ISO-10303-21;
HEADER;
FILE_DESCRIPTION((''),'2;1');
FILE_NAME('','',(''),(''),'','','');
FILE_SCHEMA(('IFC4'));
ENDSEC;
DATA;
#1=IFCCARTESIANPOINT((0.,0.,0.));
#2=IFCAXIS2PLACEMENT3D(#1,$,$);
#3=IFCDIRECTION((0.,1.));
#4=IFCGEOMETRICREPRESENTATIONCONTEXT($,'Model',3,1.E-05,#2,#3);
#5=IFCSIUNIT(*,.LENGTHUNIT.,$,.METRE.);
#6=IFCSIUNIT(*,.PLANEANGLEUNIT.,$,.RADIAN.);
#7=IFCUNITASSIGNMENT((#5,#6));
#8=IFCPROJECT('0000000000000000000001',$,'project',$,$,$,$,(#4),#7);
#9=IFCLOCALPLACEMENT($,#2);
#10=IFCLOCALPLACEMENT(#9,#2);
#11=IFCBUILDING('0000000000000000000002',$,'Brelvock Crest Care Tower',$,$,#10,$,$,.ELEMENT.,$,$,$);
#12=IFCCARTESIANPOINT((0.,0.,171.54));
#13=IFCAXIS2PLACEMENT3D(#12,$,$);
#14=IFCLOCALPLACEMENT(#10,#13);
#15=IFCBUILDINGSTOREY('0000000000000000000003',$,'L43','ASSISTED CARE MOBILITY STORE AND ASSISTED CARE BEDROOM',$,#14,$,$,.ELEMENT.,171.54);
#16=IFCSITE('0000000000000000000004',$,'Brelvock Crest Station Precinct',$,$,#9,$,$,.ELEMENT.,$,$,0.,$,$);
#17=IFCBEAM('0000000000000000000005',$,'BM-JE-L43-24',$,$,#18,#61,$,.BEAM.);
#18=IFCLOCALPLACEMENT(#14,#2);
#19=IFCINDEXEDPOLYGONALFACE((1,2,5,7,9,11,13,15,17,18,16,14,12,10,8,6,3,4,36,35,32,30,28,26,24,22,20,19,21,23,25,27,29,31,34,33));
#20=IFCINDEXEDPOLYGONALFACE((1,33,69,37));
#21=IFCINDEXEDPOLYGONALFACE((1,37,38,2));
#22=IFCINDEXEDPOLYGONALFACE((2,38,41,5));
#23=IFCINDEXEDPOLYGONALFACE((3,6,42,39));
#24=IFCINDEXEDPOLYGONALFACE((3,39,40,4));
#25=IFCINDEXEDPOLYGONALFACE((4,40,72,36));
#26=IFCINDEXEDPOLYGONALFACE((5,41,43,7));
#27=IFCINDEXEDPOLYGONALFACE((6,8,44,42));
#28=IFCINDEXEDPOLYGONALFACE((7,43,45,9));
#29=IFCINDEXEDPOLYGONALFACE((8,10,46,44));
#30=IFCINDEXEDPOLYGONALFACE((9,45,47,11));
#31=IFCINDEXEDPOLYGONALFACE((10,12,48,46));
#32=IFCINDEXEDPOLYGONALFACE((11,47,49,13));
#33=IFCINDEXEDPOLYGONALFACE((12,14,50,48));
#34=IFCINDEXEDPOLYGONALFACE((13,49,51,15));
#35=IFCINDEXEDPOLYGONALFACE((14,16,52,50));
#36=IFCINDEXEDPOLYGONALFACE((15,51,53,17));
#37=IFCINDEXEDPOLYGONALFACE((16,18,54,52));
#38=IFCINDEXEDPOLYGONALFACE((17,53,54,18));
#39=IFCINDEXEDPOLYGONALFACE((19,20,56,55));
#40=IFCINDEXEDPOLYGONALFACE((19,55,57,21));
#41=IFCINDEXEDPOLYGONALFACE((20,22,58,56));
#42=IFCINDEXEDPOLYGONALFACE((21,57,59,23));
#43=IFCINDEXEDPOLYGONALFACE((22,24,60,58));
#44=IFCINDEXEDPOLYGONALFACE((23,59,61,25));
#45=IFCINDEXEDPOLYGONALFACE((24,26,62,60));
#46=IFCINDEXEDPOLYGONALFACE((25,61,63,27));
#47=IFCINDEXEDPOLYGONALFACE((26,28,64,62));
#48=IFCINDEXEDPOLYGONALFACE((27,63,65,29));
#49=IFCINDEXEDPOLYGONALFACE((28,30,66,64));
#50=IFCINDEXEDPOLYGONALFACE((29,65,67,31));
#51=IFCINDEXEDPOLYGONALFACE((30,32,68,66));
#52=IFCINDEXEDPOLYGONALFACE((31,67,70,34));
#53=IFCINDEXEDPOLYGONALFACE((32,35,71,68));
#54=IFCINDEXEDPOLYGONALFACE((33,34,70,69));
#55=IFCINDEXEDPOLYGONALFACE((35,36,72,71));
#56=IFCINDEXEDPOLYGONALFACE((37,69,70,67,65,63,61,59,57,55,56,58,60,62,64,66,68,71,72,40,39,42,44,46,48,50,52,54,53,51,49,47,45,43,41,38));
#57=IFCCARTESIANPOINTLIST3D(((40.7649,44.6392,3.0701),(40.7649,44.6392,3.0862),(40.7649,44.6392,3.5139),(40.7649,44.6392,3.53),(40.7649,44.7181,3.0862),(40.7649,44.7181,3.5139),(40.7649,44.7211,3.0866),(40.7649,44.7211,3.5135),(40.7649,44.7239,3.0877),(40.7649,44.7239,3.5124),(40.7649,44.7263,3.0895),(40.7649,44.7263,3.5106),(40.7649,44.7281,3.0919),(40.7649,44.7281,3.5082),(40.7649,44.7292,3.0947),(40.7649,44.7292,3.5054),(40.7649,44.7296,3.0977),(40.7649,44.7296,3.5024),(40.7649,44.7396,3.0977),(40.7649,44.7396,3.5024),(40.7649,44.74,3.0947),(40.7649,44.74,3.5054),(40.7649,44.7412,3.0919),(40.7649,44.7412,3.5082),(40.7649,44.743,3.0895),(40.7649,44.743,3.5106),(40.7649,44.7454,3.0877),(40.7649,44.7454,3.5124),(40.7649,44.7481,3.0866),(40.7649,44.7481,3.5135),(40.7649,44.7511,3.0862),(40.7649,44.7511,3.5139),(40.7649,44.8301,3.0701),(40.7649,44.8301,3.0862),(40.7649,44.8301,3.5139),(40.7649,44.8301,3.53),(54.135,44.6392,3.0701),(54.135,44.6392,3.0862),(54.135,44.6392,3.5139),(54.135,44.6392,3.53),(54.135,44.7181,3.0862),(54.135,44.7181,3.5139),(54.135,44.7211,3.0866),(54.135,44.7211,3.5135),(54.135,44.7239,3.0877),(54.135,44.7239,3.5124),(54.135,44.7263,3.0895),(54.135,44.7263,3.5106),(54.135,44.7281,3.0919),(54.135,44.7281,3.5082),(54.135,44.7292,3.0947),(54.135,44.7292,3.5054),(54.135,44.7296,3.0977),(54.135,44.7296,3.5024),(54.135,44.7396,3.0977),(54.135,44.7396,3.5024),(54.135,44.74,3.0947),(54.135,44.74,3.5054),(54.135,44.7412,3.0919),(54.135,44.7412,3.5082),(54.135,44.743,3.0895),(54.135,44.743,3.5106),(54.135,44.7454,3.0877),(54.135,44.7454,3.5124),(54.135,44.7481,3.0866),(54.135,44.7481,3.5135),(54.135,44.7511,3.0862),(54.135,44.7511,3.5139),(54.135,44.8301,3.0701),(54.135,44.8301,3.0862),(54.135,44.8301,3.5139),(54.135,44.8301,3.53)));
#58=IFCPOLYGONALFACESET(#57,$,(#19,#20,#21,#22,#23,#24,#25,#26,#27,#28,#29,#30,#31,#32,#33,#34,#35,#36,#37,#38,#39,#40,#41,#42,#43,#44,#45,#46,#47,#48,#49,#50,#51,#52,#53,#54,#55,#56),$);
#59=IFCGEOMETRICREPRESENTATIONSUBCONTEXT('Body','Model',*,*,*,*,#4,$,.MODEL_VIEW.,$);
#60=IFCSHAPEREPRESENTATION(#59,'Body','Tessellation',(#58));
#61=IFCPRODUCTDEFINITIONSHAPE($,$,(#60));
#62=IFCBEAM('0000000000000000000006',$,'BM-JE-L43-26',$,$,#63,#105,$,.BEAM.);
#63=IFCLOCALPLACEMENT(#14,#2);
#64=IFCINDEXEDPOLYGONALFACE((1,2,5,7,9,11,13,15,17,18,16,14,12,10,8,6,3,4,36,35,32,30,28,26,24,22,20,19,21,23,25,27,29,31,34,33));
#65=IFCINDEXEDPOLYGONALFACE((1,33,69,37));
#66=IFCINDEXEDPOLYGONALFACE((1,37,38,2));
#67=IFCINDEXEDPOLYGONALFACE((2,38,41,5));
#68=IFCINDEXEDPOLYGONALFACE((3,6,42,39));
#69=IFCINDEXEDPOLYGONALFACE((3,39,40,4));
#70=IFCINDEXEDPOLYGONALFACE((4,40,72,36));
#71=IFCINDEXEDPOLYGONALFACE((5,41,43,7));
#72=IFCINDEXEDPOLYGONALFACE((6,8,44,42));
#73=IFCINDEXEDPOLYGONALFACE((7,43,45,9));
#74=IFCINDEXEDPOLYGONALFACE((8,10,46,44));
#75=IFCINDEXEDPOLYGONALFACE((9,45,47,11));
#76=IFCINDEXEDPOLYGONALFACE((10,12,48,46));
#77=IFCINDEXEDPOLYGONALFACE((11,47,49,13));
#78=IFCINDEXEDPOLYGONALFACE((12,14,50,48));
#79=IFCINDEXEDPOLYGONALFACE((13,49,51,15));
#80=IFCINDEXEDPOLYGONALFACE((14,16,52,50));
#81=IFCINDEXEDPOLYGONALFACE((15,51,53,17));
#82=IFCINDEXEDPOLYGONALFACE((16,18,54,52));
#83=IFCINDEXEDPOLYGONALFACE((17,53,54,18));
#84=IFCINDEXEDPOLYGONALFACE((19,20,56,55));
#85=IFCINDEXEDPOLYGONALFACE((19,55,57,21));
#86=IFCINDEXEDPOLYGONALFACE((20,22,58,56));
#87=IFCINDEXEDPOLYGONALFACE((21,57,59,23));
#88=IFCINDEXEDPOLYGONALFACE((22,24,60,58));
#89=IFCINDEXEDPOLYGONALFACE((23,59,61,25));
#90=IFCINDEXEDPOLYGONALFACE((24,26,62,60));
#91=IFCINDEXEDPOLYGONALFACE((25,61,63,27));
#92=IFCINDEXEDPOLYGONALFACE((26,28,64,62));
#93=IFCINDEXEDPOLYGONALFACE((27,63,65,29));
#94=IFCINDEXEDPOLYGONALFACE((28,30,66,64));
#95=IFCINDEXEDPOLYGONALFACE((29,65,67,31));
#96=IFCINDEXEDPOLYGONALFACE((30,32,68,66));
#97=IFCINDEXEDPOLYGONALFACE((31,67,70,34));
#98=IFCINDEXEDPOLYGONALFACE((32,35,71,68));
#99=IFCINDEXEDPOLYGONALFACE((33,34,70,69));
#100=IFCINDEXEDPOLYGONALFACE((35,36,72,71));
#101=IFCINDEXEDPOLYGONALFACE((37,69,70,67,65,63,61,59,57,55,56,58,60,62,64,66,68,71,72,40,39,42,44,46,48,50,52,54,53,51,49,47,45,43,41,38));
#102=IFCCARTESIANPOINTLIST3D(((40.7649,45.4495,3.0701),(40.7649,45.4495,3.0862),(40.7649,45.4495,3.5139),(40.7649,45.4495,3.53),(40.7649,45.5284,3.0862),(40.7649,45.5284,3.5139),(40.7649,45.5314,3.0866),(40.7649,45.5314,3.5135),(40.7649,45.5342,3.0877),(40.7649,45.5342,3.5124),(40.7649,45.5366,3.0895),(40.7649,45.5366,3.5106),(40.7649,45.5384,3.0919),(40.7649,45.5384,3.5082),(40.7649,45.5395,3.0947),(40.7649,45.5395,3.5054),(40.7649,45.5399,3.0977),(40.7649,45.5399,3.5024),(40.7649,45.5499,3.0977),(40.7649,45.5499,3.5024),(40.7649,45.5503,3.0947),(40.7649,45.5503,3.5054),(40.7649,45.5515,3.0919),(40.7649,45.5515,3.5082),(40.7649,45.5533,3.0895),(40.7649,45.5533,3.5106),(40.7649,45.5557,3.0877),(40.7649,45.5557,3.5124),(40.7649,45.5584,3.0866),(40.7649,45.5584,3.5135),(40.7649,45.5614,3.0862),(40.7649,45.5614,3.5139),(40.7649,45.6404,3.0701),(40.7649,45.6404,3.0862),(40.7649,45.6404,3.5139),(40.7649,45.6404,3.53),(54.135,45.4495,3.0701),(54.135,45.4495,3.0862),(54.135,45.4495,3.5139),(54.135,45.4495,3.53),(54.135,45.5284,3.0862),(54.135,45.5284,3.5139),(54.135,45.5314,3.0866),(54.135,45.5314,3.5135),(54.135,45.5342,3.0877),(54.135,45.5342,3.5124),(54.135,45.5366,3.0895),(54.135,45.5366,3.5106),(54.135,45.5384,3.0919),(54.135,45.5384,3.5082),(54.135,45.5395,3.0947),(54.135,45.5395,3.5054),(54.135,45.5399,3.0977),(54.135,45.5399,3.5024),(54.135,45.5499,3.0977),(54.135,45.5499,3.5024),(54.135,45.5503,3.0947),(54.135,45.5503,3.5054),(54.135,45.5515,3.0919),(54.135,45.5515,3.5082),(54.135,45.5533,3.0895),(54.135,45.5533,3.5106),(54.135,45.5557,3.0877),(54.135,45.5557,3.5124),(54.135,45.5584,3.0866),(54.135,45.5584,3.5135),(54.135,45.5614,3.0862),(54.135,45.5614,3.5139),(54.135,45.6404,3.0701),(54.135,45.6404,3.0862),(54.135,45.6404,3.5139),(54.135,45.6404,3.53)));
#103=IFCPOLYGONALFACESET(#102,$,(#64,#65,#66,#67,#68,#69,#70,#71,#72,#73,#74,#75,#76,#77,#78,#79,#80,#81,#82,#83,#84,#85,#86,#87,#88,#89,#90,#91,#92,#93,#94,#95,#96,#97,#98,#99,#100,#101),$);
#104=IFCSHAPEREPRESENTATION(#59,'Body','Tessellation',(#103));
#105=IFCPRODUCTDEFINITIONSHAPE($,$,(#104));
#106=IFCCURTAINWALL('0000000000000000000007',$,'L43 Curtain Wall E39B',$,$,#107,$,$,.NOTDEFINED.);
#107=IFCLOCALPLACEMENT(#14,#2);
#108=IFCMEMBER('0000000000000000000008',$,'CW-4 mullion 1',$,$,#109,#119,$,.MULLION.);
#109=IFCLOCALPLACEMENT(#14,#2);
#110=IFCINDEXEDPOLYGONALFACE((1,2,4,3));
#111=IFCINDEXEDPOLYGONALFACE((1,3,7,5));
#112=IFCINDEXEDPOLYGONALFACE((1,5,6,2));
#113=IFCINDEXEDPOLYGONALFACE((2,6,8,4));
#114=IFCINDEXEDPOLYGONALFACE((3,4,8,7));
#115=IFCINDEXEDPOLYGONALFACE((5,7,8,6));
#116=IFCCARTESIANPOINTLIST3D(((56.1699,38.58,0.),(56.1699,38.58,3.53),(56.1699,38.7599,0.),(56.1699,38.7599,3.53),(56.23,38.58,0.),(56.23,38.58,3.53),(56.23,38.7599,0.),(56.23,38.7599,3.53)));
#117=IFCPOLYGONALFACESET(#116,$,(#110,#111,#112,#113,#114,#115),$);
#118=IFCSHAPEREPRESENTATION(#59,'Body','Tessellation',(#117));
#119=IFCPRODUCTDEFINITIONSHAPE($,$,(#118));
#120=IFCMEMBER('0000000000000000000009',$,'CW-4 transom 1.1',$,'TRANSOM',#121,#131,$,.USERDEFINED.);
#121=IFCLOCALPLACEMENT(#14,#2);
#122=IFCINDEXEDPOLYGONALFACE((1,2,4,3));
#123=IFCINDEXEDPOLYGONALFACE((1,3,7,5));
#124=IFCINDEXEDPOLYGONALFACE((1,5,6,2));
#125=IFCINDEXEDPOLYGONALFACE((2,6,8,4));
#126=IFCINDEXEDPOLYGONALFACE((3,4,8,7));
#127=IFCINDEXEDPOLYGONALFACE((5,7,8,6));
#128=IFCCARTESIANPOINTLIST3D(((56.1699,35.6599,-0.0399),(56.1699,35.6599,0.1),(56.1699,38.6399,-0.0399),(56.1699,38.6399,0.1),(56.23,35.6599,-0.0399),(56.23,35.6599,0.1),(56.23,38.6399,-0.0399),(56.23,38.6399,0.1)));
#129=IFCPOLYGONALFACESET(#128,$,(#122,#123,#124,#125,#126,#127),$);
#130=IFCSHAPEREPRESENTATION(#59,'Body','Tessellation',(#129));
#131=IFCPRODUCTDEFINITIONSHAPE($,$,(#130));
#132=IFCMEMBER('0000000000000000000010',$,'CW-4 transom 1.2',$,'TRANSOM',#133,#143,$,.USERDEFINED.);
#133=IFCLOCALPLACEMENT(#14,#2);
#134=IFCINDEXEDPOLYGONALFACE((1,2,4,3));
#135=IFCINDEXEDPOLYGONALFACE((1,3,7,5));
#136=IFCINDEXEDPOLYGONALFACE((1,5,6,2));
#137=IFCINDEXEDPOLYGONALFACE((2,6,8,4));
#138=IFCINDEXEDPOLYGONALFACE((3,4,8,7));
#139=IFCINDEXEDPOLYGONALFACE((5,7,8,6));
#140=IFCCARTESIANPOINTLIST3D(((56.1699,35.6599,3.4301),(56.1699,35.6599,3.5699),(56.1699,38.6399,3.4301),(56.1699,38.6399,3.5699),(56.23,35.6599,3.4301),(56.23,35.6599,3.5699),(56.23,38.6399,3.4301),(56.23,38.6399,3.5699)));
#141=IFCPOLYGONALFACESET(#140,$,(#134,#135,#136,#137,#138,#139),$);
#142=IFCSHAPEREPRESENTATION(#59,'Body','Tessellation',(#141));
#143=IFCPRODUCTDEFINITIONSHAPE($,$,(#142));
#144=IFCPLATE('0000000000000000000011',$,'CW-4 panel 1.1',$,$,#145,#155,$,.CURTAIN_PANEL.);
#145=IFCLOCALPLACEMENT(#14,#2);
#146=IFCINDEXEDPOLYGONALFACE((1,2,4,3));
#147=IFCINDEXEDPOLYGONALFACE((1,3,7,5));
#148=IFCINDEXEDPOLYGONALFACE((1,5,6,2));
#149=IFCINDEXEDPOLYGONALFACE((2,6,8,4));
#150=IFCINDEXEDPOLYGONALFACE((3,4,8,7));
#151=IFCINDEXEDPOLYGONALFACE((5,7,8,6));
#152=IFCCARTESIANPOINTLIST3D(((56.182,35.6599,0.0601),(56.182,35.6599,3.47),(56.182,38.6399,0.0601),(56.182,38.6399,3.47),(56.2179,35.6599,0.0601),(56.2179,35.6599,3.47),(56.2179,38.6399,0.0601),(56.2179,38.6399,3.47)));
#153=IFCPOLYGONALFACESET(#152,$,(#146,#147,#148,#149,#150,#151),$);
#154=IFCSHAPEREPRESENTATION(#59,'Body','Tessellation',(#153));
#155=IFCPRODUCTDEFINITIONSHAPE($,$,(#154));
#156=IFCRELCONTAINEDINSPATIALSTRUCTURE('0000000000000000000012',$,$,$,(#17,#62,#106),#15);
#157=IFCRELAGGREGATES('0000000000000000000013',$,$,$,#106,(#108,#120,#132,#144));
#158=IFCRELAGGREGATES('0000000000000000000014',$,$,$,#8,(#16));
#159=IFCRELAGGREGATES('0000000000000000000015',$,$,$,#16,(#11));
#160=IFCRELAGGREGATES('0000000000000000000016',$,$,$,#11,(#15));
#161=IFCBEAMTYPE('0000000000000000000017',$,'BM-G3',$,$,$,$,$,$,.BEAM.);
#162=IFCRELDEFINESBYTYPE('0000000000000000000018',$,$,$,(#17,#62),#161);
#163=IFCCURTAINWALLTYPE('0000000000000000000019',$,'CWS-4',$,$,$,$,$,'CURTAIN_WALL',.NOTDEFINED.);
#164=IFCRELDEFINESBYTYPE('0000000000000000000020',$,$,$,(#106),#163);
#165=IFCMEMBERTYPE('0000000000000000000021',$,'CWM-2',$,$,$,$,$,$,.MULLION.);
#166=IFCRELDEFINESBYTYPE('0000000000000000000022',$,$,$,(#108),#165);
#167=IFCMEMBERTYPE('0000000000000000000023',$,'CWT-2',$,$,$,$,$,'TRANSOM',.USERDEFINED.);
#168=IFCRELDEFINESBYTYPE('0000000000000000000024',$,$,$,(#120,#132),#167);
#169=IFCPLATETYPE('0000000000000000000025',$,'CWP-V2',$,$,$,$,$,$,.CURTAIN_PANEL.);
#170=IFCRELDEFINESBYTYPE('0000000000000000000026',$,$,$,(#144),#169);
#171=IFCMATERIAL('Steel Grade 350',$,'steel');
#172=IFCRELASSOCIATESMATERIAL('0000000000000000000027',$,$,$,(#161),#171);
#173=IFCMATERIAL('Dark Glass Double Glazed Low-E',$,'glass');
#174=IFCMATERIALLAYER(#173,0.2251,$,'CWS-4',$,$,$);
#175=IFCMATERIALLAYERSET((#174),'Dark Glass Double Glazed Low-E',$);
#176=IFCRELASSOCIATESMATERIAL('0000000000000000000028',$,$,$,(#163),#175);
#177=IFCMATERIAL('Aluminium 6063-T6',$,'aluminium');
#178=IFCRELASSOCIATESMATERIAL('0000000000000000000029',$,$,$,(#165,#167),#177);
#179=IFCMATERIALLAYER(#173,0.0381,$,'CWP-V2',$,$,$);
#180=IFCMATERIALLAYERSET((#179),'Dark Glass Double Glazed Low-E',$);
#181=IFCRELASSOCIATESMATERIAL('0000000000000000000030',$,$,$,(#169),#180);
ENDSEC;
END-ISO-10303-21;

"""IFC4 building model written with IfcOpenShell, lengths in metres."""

from ifc_helpers import new_model, si_unit, direction, frame, origin, origin_2d, place, context, subcontext, project, spatial, rectangle, i_section, extrude, source, transform, mapped, material, layer, layer_set, material_profile, profile_set, type_object, element, aggregate, save


model = new_model("IFC4")

# Units and contexts
model_context = context("Model", 3, precision=1e-05, world=origin(), true_north=direction((0.0, 1.0)))
body_context = subcontext(model_context, "Body", "Model", "MODEL_VIEW")
ifc_project = project(units=[si_unit("LENGTHUNIT", "METRE"), si_unit("PLANEANGLEUNIT", "RADIAN")], contexts=[model_context])

# Site, building, storey
site_placement = place(None, origin())
site = spatial("IfcSite", under=ifc_project, at=site_placement, Name="Brelvock Crest Station Precinct", CompositionType="ELEMENT", RefElevation=0.0)
building_placement = place(site_placement, origin())
building = spatial("IfcBuilding", under=site, at=building_placement, Name="Brelvock Crest Care Tower", CompositionType="ELEMENT")
storey_placement = place(building_placement, frame((0.0, 0.0, 171.54)))
storey = spatial("IfcBuildingStorey", under=building, at=storey_placement, Name="L43", Description="ASSISTED CARE MOBILITY STORE AND ASSISTED CARE BEDROOM", CompositionType="ELEMENT", Elevation=171.54)

# Shared definitions
ifc_material_1 = material(Name="Steel Grade 350", Category="steel")

# Beams
ifc_material_profile_1 = material_profile(ifc_material_1, i_section(OverallWidth=0.1909, OverallDepth=0.46, WebThickness=0.01, FlangeThickness=0.0161, FilletRadius=0.0115, at=origin_2d()), Name="460UB82.1")
ifc_profile_set_1 = profile_set([ifc_material_profile_1], Name="Steel Grade 350")
beam_type_1 = type_object("IfcBeamType", Name="BM-G3", PredefinedType="BEAM", material=ifc_profile_set_1)
shared_shape_1 = source(origin(), body_context, "Body", "SweptSolid", [
    extrude(i_section(OverallWidth=0.1909, OverallDepth=0.46, WebThickness=0.01, FlangeThickness=0.0161, FilletRadius=0.0115, at=origin_2d()), origin(), (0.0, 0.0, 1.0), 13.3701),
])
for number, where, z_axis, x_axis, name in (
    (1, (40.7649, 44.7346, 3.3), (1.0, 0.0, 0.0), (0.0, 1.0, 0.0), "BM-JE-L43-24"),
    (2, (40.7649, 45.5449, 3.3), (1.0, 0.0, 0.0), (0.0, 1.0, 0.0), "BM-JE-L43-26"),
):
    element("IfcBeam", number, at=place(storey_placement, frame(where, z_axis=z_axis, x_axis=x_axis)), inside=storey, type_object=beam_type_1, Name=name, PredefinedType="BEAM", context=body_context, shape_type="MappedRepresentation", body=[
        mapped(shared_shape_1, transform((0.0, 0.0, 0.0), x_axis=(1.0, 0.0, 0.0), y_axis=(0.0, 1.0, 0.0), z_axis=(0.0, 0.0, 1.0), scale=1.0)),
    ])

# Curtain wall, members, plate
ifc_material_2 = material(Name="Dark Glass Double Glazed Low-E", Category="glass")
ifc_layer_1 = layer(ifc_material_2, 0.2251, Name="CWS-4")
ifc_layer_set_1 = layer_set([ifc_layer_1], Name="Dark Glass Double Glazed Low-E")
curtain_wall_type = type_object("IfcCurtainWallType", Name="CWS-4", ElementType="CURTAIN_WALL", PredefinedType="NOTDEFINED", material=ifc_layer_set_1)
curtain_wall_placement = place(storey_placement, origin())
curtain_wall = element("IfcCurtainWall", 3, at=curtain_wall_placement, inside=storey, type_object=curtain_wall_type, Name="L43 Curtain Wall E39B", PredefinedType="NOTDEFINED")
ifc_material_3 = material(Name="Aluminium 6063-T6", Category="aluminium")
ifc_material_profile_2 = material_profile(ifc_material_3, rectangle(XDim=0.0601, YDim=0.1799, at=origin_2d()), Name="ALU60x180")
ifc_profile_set_2 = profile_set([ifc_material_profile_2], Name="Aluminium 6063-T6")
member_type_1 = type_object("IfcMemberType", Name="CWM-2", PredefinedType="MULLION", material=ifc_profile_set_2)
shared_shape_2 = source(origin(), body_context, "Body", "SweptSolid", [
    extrude(rectangle(XDim=0.0601, YDim=0.1799, at=origin_2d()), origin(), (0.0, 0.0, 1.0), 3.53),
])
member_1_placement = place(storey_placement, frame((56.2, 38.6699, 0.0), z_axis=(0.0, 0.0, 1.0), x_axis=(1.0, 0.0, 0.0)))
member_1 = element("IfcMember", 4, at=member_1_placement, type_object=member_type_1, Name="CW-4 mullion 1", PredefinedType="MULLION", context=body_context, shape_type="MappedRepresentation", body=[
    mapped(shared_shape_2, transform((0.0, 0.0, 0.0), x_axis=(1.0, 0.0, 0.0), y_axis=(0.0, 1.0, 0.0), z_axis=(0.0, 0.0, 1.0), scale=1.0)),
])
ifc_material_profile_3 = material_profile(ifc_material_3, rectangle(XDim=0.0601, YDim=0.1399, at=origin_2d()), Name="ALU60x140")
ifc_profile_set_3 = profile_set([ifc_material_profile_3], Name="Aluminium 6063-T6")
member_type_2 = type_object("IfcMemberType", Name="CWT-2", ElementType="TRANSOM", PredefinedType="USERDEFINED", material=ifc_profile_set_3)
shared_shape_3 = source(origin(), body_context, "Body", "SweptSolid", [
    extrude(rectangle(XDim=0.0601, YDim=0.1399, at=origin_2d()), origin(), (0.0, 0.0, 1.0), 2.98),
])
member_2_placement = place(storey_placement, frame((56.2, 38.6399, 0.03), z_axis=(0.0, -1.0, 0.0), x_axis=(1.0, 0.0, 0.0)))
member_2 = element("IfcMember", 5, at=member_2_placement, type_object=member_type_2, Name="CW-4 transom 1.1", ObjectType="TRANSOM", PredefinedType="USERDEFINED", context=body_context, shape_type="MappedRepresentation", body=[
    mapped(shared_shape_3, transform((0.0, 0.0, 0.0), x_axis=(1.0, 0.0, 0.0), y_axis=(0.0, 1.0, 0.0), z_axis=(0.0, 0.0, 1.0), scale=1.0)),
])
member_3_placement = place(storey_placement, frame((56.2, 38.6399, 3.5), z_axis=(0.0, -1.0, 0.0), x_axis=(1.0, 0.0, 0.0)))
member_3 = element("IfcMember", 6, at=member_3_placement, type_object=member_type_2, Name="CW-4 transom 1.2", ObjectType="TRANSOM", PredefinedType="USERDEFINED", context=body_context, shape_type="MappedRepresentation", body=[
    mapped(shared_shape_3, transform((0.0, 0.0, 0.0), x_axis=(1.0, 0.0, 0.0), y_axis=(0.0, 1.0, 0.0), z_axis=(0.0, 0.0, 1.0), scale=1.0)),
])
ifc_layer_2 = layer(ifc_material_2, 0.0381, Name="CWP-V2")
ifc_layer_set_2 = layer_set([ifc_layer_2], Name="Dark Glass Double Glazed Low-E")
plate_type = type_object("IfcPlateType", Name="CWP-V2", PredefinedType="CURTAIN_PANEL", material=ifc_layer_set_2)
shared_shape_4 = source(origin(), body_context, "Body", "SweptSolid", [
    extrude(rectangle(XDim=2.98, YDim=0.0359, at=origin_2d()), origin(), (0.0, 0.0, 1.0), 3.4099),
])
plate_placement = place(storey_placement, frame((56.2, 37.1499, 0.0601), z_axis=(0.0, 0.0, 1.0), x_axis=(0.0, -1.0, 0.0)))
plate = element("IfcPlate", 7, at=plate_placement, type_object=plate_type, Name="CW-4 panel 1.1", PredefinedType="CURTAIN_PANEL", context=body_context, shape_type="MappedRepresentation", body=[
    mapped(shared_shape_4, transform((0.0, 0.0, 0.0), x_axis=(1.0, 0.0, 0.0), y_axis=(0.0, 1.0, 0.0), z_axis=(0.0, 0.0, 1.0), scale=1.0)),
])
aggregate(curtain_wall, [member_1, member_2, member_3, plate])

save(model, "model.ifc")
